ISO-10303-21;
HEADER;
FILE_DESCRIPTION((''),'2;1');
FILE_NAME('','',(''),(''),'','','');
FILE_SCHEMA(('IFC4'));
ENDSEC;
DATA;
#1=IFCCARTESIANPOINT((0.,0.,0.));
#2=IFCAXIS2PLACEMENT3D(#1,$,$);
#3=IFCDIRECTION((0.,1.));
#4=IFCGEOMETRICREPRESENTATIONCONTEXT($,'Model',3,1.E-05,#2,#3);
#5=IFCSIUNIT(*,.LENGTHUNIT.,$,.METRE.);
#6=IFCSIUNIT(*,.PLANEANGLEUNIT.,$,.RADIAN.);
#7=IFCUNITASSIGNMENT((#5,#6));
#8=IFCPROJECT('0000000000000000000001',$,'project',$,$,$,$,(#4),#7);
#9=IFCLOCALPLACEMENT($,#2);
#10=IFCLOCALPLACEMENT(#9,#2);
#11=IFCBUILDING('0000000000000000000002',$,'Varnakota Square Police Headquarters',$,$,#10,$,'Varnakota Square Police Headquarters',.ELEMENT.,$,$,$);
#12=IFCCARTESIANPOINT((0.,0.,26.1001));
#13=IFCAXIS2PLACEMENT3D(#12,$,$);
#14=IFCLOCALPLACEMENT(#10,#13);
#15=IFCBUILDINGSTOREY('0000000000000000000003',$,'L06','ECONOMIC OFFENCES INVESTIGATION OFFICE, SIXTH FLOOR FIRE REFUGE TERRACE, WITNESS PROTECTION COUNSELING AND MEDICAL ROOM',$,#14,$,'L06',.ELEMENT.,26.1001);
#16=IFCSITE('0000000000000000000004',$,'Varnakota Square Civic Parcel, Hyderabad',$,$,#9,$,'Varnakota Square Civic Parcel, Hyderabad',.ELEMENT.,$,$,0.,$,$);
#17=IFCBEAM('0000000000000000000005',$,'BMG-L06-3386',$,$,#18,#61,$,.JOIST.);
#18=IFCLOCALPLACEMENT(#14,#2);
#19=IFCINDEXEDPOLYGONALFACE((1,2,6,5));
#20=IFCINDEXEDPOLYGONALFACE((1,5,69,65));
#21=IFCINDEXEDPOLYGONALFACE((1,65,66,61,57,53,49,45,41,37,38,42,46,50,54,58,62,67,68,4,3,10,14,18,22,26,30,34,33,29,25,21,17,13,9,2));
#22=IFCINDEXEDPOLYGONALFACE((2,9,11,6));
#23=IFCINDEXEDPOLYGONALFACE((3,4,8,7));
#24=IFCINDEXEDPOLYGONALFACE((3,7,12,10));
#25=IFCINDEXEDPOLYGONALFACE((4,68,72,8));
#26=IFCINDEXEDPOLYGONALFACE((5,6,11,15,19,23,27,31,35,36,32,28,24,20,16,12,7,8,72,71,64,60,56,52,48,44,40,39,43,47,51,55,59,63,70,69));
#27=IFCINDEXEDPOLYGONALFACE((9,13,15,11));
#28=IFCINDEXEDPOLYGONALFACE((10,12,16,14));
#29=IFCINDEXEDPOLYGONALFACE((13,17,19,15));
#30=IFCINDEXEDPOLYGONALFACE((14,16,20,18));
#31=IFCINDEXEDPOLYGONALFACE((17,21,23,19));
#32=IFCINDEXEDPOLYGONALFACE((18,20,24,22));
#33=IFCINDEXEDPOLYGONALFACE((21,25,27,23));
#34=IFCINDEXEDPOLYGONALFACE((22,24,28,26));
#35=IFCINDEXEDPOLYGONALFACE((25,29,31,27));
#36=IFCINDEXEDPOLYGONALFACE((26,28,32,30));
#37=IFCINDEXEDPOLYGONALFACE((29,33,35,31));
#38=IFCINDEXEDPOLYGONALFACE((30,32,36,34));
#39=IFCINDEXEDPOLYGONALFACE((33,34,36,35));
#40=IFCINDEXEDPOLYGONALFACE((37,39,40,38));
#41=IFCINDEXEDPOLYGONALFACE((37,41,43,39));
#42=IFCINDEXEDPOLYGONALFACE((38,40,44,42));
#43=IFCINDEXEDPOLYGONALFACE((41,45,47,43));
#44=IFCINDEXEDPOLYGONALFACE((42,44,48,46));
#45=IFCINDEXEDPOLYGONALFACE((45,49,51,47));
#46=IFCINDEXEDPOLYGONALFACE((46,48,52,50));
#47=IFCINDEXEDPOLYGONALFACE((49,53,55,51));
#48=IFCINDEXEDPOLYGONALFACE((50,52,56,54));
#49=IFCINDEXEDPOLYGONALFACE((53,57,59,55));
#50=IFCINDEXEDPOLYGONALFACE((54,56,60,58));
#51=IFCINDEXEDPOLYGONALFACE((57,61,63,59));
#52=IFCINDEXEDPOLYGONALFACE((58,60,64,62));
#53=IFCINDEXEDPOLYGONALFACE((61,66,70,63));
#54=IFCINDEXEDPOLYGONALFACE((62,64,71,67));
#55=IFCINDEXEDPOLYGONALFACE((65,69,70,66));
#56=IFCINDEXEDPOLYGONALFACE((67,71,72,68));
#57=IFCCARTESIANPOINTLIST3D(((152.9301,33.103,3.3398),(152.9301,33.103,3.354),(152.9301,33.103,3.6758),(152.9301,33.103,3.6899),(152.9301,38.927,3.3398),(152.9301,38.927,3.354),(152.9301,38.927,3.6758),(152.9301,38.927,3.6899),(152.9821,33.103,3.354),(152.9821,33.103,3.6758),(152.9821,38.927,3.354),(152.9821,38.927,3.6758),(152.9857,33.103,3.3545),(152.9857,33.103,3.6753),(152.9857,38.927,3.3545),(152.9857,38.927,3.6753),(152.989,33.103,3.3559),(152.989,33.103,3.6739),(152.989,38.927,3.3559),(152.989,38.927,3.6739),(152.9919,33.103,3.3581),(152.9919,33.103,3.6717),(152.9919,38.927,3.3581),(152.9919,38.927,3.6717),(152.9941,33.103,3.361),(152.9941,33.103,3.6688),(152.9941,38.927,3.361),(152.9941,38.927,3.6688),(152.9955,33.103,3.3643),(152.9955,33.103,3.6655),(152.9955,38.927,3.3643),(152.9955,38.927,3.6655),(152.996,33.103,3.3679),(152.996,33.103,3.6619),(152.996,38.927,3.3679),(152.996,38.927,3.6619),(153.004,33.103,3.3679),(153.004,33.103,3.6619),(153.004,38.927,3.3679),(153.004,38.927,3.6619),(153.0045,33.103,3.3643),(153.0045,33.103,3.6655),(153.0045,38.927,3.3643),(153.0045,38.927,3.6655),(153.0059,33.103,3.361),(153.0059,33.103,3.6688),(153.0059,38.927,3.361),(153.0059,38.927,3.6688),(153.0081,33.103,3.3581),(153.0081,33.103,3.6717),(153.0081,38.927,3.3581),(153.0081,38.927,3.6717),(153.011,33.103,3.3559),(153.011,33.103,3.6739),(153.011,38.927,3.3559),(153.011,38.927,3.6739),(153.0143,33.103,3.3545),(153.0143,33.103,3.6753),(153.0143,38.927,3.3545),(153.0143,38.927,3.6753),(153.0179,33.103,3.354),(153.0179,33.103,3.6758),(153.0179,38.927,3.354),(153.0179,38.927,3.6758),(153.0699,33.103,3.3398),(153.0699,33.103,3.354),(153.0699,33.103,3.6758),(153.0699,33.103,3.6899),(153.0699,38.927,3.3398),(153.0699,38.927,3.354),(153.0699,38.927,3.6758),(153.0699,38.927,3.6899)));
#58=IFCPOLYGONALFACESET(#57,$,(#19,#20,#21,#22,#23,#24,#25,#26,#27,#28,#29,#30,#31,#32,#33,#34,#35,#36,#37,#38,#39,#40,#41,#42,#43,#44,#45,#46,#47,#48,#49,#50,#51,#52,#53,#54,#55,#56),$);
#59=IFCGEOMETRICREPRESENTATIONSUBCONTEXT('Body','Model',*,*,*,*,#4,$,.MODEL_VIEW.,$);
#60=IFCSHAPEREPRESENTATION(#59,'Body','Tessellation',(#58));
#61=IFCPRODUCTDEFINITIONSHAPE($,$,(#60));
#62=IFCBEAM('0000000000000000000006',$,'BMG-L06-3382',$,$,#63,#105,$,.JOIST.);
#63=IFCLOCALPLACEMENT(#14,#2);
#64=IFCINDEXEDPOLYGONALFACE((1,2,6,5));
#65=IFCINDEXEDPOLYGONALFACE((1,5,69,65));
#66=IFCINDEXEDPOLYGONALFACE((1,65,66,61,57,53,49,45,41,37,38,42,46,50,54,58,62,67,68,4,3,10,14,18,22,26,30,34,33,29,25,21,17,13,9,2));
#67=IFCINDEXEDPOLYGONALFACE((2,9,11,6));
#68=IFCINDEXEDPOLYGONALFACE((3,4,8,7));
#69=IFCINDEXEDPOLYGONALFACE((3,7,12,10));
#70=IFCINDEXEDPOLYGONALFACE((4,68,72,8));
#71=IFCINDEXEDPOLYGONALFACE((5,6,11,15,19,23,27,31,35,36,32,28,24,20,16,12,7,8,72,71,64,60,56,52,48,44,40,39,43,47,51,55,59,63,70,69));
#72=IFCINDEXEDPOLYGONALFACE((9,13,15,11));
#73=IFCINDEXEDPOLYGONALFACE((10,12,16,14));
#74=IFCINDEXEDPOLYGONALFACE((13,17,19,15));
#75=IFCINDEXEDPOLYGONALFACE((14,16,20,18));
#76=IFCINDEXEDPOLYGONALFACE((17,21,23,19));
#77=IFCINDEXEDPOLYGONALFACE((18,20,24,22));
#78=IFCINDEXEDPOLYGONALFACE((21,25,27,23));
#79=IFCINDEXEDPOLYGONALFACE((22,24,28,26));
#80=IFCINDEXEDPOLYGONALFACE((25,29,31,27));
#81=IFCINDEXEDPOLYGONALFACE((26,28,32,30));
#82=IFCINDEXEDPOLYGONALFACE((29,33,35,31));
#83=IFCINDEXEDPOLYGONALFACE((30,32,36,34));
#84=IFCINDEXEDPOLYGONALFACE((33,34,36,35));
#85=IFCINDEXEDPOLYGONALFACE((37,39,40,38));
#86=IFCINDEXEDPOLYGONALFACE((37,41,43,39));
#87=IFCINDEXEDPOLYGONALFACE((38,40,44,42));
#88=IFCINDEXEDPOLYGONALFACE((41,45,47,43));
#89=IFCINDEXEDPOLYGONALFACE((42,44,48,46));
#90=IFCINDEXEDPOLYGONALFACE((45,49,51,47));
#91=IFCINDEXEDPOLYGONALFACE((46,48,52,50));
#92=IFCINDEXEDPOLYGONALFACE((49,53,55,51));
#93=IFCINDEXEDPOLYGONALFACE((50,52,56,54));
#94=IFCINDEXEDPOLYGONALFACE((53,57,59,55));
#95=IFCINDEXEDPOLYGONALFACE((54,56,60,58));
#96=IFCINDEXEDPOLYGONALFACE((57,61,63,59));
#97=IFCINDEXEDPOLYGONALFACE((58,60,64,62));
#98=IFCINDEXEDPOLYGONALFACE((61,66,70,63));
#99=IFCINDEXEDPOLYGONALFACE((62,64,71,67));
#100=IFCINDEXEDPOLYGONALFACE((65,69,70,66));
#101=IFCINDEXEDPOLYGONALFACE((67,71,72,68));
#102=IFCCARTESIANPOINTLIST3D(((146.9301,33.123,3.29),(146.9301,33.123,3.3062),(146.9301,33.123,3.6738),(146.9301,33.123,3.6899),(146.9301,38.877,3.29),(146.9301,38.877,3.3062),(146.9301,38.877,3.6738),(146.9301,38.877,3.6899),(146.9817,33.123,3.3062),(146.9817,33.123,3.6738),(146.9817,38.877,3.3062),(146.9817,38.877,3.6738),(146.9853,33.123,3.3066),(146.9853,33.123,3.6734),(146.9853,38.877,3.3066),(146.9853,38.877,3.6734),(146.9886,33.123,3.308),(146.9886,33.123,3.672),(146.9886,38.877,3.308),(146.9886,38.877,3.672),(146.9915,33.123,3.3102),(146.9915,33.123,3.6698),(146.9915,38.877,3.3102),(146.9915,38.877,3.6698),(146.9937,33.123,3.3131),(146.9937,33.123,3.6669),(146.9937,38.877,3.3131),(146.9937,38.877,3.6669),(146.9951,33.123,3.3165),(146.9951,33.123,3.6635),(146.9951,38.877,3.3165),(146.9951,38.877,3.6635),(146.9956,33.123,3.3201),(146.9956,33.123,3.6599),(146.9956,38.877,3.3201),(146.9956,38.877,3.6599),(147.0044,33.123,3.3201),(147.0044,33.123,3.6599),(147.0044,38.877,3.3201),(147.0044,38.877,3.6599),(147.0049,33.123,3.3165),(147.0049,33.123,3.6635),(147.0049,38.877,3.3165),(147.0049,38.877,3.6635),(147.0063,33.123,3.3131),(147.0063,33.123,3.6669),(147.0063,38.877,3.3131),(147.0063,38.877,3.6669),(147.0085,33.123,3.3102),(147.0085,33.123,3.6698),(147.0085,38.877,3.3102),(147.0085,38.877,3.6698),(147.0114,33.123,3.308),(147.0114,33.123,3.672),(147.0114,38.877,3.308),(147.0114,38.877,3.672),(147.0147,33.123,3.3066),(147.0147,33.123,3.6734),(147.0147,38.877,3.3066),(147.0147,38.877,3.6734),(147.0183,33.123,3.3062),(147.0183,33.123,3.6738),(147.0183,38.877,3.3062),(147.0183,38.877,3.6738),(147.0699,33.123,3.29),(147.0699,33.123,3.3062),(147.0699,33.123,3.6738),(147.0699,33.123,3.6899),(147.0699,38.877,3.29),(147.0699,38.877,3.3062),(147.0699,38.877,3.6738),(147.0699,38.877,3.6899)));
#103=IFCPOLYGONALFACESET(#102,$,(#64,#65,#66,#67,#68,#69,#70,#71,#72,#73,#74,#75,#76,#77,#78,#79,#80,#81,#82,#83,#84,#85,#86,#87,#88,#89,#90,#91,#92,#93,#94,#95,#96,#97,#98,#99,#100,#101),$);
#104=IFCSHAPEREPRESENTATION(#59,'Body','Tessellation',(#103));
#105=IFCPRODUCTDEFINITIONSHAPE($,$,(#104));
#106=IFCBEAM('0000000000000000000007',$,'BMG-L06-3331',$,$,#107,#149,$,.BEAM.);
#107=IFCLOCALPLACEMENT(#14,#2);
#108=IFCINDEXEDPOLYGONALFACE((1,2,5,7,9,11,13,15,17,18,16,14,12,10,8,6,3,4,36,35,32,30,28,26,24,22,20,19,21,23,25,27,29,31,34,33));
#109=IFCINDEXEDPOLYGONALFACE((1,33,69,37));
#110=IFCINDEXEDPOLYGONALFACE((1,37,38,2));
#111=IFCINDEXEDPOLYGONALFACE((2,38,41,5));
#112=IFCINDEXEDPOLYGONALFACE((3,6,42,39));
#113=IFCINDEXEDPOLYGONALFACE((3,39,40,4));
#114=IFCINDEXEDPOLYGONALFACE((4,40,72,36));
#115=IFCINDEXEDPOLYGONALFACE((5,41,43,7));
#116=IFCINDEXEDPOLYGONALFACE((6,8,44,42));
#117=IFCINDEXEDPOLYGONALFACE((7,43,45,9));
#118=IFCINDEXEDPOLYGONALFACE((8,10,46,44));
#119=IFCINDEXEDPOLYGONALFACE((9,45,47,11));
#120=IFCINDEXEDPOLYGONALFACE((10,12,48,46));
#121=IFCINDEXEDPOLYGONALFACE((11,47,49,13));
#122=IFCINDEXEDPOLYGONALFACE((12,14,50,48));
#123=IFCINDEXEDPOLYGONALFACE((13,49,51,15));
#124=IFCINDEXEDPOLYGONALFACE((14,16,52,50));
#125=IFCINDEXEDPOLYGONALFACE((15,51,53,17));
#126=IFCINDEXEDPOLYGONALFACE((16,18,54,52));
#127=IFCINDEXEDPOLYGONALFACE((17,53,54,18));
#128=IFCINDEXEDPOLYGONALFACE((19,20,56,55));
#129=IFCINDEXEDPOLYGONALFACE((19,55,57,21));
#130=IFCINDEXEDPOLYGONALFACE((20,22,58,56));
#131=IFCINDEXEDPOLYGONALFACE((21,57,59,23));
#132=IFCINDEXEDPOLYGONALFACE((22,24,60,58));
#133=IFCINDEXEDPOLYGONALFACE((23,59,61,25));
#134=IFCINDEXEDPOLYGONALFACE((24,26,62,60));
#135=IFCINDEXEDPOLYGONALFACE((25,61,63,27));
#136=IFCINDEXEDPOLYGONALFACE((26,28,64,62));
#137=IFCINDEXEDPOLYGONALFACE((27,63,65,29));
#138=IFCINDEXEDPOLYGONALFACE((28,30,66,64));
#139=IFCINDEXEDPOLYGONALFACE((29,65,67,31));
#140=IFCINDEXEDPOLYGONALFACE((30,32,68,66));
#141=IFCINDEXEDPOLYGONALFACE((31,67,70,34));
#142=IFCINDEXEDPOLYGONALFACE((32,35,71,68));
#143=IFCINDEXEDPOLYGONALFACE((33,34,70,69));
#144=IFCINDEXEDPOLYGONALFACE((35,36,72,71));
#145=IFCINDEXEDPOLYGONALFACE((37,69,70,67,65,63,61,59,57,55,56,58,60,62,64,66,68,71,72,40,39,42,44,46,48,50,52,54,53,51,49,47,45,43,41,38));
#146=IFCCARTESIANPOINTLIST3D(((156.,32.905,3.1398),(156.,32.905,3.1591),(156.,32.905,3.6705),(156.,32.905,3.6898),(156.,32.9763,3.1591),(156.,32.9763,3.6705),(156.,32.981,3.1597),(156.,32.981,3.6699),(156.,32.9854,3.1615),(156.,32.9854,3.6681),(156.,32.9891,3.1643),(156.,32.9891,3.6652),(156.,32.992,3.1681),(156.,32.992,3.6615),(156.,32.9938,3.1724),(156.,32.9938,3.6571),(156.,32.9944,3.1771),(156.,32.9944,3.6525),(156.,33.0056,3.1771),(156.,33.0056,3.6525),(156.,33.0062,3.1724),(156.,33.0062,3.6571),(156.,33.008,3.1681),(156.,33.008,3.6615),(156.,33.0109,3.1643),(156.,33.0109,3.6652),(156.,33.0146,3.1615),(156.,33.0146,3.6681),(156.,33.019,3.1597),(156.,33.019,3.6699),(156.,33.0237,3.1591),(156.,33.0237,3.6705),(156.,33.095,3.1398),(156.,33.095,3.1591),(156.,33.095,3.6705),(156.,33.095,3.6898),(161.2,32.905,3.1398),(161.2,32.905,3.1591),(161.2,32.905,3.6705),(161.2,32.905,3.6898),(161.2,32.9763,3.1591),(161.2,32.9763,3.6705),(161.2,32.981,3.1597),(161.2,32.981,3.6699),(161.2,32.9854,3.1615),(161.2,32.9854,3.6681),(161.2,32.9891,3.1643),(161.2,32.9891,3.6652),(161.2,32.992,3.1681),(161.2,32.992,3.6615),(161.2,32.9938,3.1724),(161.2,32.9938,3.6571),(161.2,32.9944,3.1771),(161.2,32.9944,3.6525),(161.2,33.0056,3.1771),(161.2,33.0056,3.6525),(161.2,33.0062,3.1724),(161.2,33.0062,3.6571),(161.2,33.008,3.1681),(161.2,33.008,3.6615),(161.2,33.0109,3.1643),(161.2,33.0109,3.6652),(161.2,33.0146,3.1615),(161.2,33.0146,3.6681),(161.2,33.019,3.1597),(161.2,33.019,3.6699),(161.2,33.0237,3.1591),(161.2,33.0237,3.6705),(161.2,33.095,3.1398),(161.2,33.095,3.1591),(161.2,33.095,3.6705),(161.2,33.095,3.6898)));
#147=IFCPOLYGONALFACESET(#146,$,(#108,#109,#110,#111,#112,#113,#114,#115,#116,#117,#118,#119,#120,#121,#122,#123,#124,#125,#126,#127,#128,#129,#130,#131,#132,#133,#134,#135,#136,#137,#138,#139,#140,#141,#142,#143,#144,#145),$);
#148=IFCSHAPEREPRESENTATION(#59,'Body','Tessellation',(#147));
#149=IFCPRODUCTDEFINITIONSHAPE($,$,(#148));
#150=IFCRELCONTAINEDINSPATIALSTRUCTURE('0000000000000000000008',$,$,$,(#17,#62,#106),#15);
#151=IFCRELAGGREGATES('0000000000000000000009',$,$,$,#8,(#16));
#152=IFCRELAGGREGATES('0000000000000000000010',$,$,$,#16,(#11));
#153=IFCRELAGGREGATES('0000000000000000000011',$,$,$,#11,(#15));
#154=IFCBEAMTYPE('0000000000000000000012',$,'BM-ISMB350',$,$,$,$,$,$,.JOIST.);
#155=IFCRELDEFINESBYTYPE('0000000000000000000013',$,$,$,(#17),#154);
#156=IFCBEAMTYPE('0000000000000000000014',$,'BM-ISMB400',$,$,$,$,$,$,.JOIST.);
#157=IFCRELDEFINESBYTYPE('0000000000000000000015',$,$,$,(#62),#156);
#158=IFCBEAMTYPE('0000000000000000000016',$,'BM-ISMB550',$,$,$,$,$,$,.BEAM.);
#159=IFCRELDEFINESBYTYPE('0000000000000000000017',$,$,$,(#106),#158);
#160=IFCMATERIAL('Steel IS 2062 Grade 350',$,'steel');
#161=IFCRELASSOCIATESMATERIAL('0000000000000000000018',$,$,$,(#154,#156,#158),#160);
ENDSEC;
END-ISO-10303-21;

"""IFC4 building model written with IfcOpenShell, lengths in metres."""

from ifc_helpers import new_model, si_unit, direction, frame, origin, origin_2d, place, context, subcontext, project, spatial, i_section, extrude, material, material_profile, profile_set, type_object, element, save


model = new_model("IFC4")

# Units and contexts
model_context = context("Model", 3, precision=1e-05, world=origin(), true_north=direction((0.0, 1.0)))
body_context = subcontext(model_context, "Body", "Model", "MODEL_VIEW")
ifc_project = project(units=[si_unit("LENGTHUNIT", "METRE"), si_unit("PLANEANGLEUNIT", "RADIAN")], contexts=[model_context])

# Site, building, storey
site_placement = place(None, origin())
site = spatial("IfcSite", under=ifc_project, at=site_placement, Name="Varnakota Square Civic Parcel, Hyderabad", LongName="Varnakota Square Civic Parcel, Hyderabad", CompositionType="ELEMENT", RefElevation=0.0)
building_placement = place(site_placement, origin())
building = spatial("IfcBuilding", under=site, at=building_placement, Name="Varnakota Square Police Headquarters", LongName="Varnakota Square Police Headquarters", CompositionType="ELEMENT")
storey_placement = place(building_placement, frame((0.0, 0.0, 26.1001)))
storey = spatial("IfcBuildingStorey", under=building, at=storey_placement, Name="L06", Description="ECONOMIC OFFENCES INVESTIGATION OFFICE, SIXTH FLOOR FIRE REFUGE TERRACE, WITNESS PROTECTION COUNSELING AND MEDICAL ROOM", LongName="L06", CompositionType="ELEMENT", Elevation=26.1001)

# Shared definitions
ifc_material_1 = material(Name="Steel IS 2062 Grade 350", Category="steel")

# Beams
ifc_material_profile_1 = material_profile(ifc_material_1, i_section(OverallWidth=0.1399, OverallDepth=0.3501, WebThickness=0.0081, FlangeThickness=0.0142, FilletRadius=0.0139, at=origin_2d()), Name="ISMB 350")
ifc_profile_set_1 = profile_set([ifc_material_profile_1], Name="Steel IS 2062 Grade 350")
beam_type_1 = type_object("IfcBeamType", Name="BM-ISMB350", PredefinedType="JOIST", material=ifc_profile_set_1)
beam_1_placement = place(storey_placement, frame((153.0, 33.103, 3.5149), z_axis=(0.0, 1.0, 0.0), x_axis=(-1.0, 0.0, 0.0)))
element("IfcBeam", 1, at=beam_1_placement, inside=storey, type_object=beam_type_1, Name="BMG-L06-3386", PredefinedType="JOIST", context=body_context, shape_type="SweptSolid", body=[
    extrude(i_section(OverallWidth=0.1399, OverallDepth=0.3501, WebThickness=0.0081, FlangeThickness=0.0142, FilletRadius=0.0139, at=origin_2d()), origin(), (0.0, 0.0, 1.0), 5.824),
])
ifc_material_profile_2 = material_profile(ifc_material_1, i_section(OverallWidth=0.1399, OverallDepth=0.3999, WebThickness=0.0088, FlangeThickness=0.0161, FilletRadius=0.0139, at=origin_2d()), Name="ISMB 400")
ifc_profile_set_2 = profile_set([ifc_material_profile_2], Name="Steel IS 2062 Grade 350")
beam_type_2 = type_object("IfcBeamType", Name="BM-ISMB400", PredefinedType="JOIST", material=ifc_profile_set_2)
beam_2_placement = place(storey_placement, frame((147.0, 33.123, 3.49), z_axis=(0.0, 1.0, 0.0), x_axis=(-1.0, 0.0, 0.0)))
element("IfcBeam", 2, at=beam_2_placement, inside=storey, type_object=beam_type_2, Name="BMG-L06-3382", PredefinedType="JOIST", context=body_context, shape_type="SweptSolid", body=[
    extrude(i_section(OverallWidth=0.1399, OverallDepth=0.3999, WebThickness=0.0088, FlangeThickness=0.0161, FilletRadius=0.0139, at=origin_2d()), origin(), (0.0, 0.0, 1.0), 5.7539),
])
ifc_material_profile_3 = material_profile(ifc_material_1, i_section(OverallWidth=0.1899, OverallDepth=0.55, WebThickness=0.0112, FlangeThickness=0.0193, FilletRadius=0.0181, at=origin_2d()), Name="ISMB 550")
ifc_profile_set_3 = profile_set([ifc_material_profile_3], Name="Steel IS 2062 Grade 350")
beam_type_3 = type_object("IfcBeamType", Name="BM-ISMB550", PredefinedType="BEAM", material=ifc_profile_set_3)
beam_3_placement = place(storey_placement, frame((156.0, 33.0, 3.4148), z_axis=(1.0, 0.0, 0.0), x_axis=(0.0, 1.0, 0.0)))
element("IfcBeam", 3, at=beam_3_placement, inside=storey, type_object=beam_type_3, Name="BMG-L06-3331", PredefinedType="BEAM", context=body_context, shape_type="SweptSolid", body=[
    extrude(i_section(OverallWidth=0.1899, OverallDepth=0.55, WebThickness=0.0112, FlangeThickness=0.0193, FilletRadius=0.0181, at=origin_2d()), origin(), (0.0, 0.0, 1.0), 5.2),
])

save(model, "model.ifc")
